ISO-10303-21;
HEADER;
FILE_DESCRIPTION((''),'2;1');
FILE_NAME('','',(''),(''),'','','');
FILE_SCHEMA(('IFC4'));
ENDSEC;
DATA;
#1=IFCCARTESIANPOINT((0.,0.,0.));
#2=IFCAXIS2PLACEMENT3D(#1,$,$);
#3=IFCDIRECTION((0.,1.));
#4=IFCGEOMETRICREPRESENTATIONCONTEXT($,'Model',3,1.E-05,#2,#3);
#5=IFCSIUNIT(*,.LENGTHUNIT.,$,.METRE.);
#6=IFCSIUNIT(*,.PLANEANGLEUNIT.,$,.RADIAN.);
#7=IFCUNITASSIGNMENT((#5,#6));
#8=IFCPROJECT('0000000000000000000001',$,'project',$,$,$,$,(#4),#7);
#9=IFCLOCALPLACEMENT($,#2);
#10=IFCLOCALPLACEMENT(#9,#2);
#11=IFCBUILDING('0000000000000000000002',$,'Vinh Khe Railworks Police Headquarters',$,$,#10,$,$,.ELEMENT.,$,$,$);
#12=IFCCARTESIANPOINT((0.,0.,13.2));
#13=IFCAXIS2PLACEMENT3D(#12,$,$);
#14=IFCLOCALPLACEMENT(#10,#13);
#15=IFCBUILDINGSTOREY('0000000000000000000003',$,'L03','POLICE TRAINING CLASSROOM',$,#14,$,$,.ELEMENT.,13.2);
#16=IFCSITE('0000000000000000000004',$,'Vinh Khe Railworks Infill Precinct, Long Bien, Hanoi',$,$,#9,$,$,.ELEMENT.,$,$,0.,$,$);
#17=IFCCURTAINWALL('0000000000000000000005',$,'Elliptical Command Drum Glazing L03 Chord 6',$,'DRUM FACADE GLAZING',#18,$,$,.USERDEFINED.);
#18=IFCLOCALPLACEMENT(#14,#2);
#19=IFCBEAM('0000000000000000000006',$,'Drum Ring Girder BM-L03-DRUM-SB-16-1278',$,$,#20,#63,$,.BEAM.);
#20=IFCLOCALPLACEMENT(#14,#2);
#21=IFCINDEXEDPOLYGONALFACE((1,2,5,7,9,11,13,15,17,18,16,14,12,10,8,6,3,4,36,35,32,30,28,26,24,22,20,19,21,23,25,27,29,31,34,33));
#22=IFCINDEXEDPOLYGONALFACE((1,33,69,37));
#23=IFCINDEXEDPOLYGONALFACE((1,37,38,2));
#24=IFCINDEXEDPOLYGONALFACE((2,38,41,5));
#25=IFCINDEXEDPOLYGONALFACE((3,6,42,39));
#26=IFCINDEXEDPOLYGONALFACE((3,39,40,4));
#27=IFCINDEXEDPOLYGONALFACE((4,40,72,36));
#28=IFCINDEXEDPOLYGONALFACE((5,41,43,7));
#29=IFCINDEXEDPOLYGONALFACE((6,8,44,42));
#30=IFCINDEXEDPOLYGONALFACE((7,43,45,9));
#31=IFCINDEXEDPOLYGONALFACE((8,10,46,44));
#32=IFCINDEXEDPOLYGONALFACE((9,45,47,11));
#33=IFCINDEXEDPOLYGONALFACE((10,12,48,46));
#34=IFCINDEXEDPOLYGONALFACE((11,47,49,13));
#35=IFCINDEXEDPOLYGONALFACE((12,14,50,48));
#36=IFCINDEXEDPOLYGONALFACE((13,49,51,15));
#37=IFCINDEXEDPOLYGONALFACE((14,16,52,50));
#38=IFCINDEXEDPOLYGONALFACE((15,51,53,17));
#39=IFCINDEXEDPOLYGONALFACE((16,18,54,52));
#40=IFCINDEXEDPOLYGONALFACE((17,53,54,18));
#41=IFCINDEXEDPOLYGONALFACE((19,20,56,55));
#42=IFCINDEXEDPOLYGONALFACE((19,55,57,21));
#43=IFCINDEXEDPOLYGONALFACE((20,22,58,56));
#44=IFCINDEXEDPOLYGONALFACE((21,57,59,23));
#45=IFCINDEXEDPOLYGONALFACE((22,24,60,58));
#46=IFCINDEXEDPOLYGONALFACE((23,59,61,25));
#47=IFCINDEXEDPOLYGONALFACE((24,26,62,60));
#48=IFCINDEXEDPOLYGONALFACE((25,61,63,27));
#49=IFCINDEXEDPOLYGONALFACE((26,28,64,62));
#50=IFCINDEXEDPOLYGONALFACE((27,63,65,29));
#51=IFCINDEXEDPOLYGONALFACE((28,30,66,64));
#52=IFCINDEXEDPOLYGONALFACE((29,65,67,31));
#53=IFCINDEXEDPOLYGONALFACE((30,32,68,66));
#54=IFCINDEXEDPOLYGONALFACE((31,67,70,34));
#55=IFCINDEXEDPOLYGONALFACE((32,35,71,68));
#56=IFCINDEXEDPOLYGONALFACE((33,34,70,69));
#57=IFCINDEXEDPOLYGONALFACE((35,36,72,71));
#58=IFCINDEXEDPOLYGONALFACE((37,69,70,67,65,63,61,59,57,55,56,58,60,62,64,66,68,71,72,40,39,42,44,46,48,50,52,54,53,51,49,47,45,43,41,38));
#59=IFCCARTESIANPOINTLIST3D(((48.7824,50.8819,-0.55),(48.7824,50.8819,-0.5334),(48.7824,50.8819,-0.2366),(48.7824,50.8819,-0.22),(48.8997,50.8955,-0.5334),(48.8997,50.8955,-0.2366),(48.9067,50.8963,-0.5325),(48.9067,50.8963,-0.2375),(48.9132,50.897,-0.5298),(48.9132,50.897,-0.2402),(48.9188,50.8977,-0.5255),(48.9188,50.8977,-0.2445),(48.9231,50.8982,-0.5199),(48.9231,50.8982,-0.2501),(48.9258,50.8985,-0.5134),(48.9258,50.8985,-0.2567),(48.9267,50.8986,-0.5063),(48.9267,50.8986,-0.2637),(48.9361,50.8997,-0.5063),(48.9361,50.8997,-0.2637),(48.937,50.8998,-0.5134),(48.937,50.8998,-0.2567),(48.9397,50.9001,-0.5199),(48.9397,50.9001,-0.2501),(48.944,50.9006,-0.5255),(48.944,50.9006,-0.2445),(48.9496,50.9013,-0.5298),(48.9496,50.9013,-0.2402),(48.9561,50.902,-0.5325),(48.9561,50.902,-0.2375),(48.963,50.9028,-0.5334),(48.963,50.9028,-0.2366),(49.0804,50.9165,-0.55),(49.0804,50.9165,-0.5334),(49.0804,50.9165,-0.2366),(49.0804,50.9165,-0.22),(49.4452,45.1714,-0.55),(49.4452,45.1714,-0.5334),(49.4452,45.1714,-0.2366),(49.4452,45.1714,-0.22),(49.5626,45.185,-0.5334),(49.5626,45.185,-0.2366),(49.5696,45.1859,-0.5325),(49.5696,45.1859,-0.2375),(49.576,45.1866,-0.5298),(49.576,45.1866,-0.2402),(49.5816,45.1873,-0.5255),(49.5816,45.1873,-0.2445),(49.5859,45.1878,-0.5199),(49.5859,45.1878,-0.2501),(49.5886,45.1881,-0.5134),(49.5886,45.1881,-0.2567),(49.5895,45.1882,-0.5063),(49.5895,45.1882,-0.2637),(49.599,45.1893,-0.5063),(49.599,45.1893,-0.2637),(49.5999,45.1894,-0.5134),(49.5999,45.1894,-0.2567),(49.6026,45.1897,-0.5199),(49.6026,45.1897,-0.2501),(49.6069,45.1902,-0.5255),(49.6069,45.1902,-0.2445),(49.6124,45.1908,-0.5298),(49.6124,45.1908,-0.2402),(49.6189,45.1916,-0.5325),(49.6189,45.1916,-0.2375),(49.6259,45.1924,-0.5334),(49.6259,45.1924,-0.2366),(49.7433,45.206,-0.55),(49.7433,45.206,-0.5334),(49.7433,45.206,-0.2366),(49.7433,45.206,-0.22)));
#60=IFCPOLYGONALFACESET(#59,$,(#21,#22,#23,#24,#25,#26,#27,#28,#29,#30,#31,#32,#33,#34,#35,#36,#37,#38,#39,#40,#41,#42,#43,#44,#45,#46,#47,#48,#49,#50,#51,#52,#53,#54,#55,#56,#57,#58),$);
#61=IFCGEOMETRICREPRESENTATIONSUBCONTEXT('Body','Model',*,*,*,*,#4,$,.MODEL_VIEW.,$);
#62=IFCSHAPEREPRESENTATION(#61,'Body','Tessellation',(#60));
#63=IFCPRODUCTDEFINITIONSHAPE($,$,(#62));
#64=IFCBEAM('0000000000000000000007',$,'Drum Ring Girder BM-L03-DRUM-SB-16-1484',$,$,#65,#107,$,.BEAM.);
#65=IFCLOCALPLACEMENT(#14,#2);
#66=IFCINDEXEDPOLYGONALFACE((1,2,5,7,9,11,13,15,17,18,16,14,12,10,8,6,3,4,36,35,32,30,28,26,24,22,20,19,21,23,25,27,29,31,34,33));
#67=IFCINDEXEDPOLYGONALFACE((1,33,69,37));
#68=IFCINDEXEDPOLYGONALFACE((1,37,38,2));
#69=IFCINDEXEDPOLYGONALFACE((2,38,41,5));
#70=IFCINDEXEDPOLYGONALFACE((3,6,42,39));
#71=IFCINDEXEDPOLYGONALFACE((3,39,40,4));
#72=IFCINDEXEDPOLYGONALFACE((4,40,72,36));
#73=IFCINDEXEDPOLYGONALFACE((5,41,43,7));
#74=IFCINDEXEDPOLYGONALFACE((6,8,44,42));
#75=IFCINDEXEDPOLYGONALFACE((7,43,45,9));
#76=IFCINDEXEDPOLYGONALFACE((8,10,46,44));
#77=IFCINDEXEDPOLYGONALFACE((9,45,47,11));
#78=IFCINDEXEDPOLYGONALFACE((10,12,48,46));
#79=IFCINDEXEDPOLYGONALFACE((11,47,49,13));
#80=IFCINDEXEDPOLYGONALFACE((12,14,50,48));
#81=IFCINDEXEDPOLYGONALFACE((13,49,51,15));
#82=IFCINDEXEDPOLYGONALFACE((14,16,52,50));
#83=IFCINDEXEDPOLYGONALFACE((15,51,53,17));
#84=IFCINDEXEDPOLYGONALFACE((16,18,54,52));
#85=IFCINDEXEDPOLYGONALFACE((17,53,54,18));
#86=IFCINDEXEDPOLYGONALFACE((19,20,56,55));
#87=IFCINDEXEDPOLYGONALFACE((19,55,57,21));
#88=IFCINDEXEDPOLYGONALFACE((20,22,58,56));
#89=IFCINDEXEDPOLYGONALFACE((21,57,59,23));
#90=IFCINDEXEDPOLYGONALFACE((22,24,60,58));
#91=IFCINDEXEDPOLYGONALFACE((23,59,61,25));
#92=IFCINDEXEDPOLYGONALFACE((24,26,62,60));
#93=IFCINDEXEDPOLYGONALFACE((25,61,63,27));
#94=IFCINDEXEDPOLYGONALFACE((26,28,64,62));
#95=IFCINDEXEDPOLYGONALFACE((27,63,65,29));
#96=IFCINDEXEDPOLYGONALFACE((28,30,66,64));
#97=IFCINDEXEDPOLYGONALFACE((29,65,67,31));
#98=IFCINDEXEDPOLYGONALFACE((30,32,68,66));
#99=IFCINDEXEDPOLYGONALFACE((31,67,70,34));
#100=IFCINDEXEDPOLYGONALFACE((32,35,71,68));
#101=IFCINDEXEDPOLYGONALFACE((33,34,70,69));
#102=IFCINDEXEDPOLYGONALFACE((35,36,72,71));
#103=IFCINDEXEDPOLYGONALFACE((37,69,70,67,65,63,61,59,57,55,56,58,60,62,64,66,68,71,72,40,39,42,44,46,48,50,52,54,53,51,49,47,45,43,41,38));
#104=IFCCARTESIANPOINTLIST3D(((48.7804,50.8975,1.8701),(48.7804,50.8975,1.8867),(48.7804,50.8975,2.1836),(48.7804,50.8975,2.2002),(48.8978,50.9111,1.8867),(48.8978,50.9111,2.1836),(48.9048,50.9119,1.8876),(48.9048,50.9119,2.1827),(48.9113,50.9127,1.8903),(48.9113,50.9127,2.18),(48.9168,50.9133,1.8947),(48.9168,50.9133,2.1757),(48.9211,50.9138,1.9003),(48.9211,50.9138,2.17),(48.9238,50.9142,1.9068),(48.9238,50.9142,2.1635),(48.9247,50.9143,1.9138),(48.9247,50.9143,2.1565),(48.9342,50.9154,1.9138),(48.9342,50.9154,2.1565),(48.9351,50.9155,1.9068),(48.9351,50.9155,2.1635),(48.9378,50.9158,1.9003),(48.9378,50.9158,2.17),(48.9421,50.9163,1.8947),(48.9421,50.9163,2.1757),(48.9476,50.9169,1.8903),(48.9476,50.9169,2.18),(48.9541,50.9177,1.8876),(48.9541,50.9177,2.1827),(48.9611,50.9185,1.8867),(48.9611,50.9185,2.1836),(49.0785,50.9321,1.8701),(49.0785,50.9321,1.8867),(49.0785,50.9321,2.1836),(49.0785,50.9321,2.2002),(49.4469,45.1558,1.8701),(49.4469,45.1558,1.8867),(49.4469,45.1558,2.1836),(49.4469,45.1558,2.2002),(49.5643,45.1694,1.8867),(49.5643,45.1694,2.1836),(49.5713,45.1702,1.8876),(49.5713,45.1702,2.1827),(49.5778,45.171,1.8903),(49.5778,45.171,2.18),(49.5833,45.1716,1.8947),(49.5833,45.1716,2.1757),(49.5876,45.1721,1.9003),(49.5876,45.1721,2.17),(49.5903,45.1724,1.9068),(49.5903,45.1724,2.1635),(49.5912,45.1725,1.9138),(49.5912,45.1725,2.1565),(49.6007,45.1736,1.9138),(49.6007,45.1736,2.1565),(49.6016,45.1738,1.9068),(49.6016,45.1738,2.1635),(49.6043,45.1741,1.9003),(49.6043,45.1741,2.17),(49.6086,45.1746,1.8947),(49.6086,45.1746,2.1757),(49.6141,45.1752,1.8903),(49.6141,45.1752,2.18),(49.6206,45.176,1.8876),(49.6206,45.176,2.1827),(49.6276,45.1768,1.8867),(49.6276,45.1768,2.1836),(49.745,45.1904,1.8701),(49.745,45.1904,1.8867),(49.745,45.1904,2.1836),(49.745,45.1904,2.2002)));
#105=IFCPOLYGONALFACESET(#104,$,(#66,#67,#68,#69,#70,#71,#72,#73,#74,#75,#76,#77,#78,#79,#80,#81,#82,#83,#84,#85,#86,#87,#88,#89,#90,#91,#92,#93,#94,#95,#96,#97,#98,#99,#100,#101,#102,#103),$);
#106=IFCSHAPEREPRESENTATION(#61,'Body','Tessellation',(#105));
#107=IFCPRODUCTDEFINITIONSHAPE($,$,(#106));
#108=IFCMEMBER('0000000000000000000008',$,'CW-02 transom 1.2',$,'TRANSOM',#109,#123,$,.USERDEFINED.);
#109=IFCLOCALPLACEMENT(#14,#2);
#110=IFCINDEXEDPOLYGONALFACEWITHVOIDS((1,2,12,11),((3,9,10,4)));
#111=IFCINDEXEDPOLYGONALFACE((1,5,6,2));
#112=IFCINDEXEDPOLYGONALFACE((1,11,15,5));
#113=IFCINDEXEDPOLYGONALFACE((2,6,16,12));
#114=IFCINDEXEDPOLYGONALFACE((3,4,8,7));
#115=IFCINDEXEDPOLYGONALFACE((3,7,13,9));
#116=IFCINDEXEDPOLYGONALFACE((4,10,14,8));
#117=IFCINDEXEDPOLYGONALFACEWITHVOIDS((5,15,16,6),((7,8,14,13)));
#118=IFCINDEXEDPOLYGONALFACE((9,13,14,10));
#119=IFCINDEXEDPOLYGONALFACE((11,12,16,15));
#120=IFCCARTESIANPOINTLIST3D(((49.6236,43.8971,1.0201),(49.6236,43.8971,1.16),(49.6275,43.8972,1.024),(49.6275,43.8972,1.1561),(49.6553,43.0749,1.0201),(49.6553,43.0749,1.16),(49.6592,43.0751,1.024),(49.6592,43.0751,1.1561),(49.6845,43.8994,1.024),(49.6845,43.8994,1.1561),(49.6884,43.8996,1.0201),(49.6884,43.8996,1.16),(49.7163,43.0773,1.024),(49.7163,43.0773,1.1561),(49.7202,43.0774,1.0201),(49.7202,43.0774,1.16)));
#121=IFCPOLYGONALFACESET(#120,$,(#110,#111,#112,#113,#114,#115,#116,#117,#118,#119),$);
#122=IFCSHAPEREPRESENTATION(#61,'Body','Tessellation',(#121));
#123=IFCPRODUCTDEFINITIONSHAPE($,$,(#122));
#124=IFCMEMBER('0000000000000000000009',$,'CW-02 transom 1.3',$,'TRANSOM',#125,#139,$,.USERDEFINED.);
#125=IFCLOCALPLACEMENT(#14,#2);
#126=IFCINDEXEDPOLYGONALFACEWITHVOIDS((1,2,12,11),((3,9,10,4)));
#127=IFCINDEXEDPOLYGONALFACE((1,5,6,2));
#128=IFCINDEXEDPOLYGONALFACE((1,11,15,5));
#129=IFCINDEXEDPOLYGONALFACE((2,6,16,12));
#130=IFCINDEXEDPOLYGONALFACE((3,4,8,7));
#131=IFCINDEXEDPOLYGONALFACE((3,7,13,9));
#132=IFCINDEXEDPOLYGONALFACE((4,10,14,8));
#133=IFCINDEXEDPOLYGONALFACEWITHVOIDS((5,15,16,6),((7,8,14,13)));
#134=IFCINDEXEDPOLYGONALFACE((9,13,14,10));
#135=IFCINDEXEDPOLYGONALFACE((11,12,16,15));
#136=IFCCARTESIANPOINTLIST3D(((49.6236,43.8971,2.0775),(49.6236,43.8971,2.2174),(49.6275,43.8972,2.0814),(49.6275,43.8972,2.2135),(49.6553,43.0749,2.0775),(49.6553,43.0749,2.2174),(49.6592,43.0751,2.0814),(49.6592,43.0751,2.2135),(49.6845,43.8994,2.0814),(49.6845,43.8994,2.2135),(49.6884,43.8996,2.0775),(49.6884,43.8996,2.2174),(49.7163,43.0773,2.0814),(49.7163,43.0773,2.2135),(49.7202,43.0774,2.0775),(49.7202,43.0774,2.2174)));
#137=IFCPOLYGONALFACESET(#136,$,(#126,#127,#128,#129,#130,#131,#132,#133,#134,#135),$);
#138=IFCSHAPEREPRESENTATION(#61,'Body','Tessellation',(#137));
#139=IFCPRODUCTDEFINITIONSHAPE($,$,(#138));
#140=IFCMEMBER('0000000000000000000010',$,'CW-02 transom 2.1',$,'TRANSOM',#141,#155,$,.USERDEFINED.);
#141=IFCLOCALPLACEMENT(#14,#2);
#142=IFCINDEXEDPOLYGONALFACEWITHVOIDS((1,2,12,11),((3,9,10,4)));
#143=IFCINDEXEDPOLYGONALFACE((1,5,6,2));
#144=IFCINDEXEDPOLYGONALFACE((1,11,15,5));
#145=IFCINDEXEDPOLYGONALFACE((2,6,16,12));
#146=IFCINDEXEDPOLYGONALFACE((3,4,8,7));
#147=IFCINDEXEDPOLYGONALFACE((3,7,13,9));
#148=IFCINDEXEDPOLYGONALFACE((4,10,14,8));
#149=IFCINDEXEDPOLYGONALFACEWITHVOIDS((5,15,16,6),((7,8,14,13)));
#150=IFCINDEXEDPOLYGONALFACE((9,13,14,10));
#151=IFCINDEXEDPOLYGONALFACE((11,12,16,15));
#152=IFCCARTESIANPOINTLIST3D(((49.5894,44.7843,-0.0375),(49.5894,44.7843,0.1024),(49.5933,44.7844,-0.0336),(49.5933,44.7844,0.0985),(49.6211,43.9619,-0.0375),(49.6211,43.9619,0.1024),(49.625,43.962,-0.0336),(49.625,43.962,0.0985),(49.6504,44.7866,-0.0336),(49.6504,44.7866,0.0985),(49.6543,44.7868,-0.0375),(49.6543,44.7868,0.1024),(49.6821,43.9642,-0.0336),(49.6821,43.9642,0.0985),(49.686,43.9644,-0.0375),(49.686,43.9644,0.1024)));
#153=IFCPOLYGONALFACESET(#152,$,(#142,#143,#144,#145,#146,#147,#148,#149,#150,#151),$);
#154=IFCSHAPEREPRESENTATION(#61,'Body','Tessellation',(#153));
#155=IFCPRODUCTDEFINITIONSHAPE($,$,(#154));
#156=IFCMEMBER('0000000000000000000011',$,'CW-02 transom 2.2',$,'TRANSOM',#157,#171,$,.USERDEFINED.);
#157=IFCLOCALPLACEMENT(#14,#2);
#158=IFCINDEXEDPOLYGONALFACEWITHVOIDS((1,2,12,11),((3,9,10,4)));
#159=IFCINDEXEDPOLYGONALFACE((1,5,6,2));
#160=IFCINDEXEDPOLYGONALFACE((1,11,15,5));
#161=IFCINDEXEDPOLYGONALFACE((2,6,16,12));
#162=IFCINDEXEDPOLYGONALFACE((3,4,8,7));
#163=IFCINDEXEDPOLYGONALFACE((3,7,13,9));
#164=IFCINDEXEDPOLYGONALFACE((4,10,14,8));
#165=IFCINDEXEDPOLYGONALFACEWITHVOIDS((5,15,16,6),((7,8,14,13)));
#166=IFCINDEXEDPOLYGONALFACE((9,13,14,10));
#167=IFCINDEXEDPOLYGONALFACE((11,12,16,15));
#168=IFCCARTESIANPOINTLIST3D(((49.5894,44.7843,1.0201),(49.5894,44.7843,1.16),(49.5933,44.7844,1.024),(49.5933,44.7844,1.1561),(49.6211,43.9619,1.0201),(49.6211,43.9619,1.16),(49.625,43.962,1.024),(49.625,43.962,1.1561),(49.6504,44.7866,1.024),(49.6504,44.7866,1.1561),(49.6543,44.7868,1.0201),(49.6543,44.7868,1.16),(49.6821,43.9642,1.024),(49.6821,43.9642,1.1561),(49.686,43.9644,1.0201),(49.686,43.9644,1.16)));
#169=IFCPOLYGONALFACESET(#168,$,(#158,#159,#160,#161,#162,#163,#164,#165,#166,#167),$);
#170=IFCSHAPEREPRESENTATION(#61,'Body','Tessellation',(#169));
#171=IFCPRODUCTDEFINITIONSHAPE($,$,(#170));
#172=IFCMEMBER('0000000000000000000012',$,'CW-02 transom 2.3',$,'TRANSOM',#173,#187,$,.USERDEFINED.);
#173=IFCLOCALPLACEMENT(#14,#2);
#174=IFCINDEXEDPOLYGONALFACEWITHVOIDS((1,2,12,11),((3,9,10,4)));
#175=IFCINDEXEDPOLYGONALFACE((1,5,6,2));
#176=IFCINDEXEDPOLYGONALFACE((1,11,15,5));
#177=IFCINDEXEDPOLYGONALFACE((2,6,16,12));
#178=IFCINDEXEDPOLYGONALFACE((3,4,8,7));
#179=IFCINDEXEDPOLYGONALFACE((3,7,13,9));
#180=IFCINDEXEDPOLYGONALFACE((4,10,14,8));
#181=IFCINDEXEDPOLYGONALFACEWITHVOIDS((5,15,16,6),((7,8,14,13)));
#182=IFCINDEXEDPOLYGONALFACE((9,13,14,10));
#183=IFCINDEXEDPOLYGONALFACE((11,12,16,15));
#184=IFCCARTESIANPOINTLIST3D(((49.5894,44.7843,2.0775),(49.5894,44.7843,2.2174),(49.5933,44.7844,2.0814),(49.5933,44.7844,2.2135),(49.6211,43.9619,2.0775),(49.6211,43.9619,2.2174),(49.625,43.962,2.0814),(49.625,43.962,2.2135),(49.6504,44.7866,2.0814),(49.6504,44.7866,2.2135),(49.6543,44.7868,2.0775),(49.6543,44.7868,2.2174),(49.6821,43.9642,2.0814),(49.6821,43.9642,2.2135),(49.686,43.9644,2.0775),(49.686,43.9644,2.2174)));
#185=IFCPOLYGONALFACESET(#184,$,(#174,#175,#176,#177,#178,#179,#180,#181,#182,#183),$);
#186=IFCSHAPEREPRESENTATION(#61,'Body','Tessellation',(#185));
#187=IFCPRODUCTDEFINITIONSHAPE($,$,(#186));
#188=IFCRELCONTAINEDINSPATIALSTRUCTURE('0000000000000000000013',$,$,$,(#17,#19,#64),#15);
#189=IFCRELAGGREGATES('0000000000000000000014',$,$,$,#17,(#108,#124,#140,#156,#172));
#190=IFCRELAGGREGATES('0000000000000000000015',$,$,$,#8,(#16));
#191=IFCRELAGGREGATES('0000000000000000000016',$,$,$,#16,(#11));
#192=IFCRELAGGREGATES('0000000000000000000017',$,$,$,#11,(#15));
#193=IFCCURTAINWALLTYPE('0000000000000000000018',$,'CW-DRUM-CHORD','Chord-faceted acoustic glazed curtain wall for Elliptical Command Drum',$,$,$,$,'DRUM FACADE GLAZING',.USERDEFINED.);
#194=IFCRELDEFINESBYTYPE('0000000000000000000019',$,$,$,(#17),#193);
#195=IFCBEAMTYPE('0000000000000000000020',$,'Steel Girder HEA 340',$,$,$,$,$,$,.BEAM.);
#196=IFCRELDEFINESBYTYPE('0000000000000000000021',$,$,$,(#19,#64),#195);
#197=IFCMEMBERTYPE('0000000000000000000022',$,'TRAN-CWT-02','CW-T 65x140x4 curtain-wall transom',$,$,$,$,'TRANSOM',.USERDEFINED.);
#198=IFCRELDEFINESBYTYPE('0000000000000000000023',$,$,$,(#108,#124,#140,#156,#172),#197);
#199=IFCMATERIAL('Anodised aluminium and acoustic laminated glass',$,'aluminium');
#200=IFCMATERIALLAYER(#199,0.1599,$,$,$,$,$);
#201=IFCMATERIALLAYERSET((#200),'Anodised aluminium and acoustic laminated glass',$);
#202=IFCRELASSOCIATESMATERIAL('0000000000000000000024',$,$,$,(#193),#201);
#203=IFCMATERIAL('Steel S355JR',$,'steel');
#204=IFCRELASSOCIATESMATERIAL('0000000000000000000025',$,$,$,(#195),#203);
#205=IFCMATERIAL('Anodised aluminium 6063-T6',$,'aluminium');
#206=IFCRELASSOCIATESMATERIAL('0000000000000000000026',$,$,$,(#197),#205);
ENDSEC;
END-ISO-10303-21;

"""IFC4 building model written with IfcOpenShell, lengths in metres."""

from ifc_helpers import new_model, si_unit, direction, frame, origin, origin_2d, place, context, subcontext, project, spatial, hollow_rectangle, i_section, extrude, material, layer, layer_set, material_profile, profile_set, type_object, element, aggregate, save


model = new_model("IFC4")

# Units and contexts
model_context = context("Model", 3, precision=1e-05, world=origin(), true_north=direction((0.0, 1.0)))
body_context = subcontext(model_context, "Body", "Model", "MODEL_VIEW")
ifc_project = project(units=[si_unit("LENGTHUNIT", "METRE"), si_unit("PLANEANGLEUNIT", "RADIAN")], contexts=[model_context])

# Site, building, storey
site_placement = place(None, origin())
site = spatial("IfcSite", under=ifc_project, at=site_placement, Name="Vinh Khe Railworks Infill Precinct, Long Bien, Hanoi", CompositionType="ELEMENT", RefElevation=0.0)
building_placement = place(site_placement, origin())
building = spatial("IfcBuilding", under=site, at=building_placement, Name="Vinh Khe Railworks Police Headquarters", CompositionType="ELEMENT")
storey_placement = place(building_placement, frame((0.0, 0.0, 13.2)))
storey = spatial("IfcBuildingStorey", under=building, at=storey_placement, Name="L03", Description="POLICE TRAINING CLASSROOM", CompositionType="ELEMENT", Elevation=13.2)

# Shared definitions
ifc_material_1 = material(Name="Steel S355JR", Category="steel")

# Curtain wall
ifc_material_2 = material(Name="Anodised aluminium and acoustic laminated glass", Category="aluminium")
ifc_layer_1 = layer(ifc_material_2, 0.1599)
ifc_layer_set_1 = layer_set([ifc_layer_1], Name="Anodised aluminium and acoustic laminated glass")
curtain_wall_type = type_object("IfcCurtainWallType", Name="CW-DRUM-CHORD", Description="Chord-faceted acoustic glazed curtain wall for Elliptical Command Drum", ElementType="DRUM FACADE GLAZING", PredefinedType="USERDEFINED", material=ifc_layer_set_1)
curtain_wall_1_placement = place(storey_placement, origin())
curtain_wall_1 = element("IfcCurtainWall", 1, at=curtain_wall_1_placement, inside=storey, type_object=curtain_wall_type, Name="Elliptical Command Drum Glazing L03 Chord 6", ObjectType="DRUM FACADE GLAZING", PredefinedType="USERDEFINED")
ifc_material_3 = material(Name="Anodised aluminium 6063-T6", Category="aluminium")

# Beams
ifc_material_profile_1 = material_profile(ifc_material_1, i_section(OverallWidth=0.3, OverallDepth=0.3301, WebThickness=0.0095, FlangeThickness=0.0166, FilletRadius=0.0271, at=origin_2d()), Name="HEA 340")
ifc_profile_set_1 = profile_set([ifc_material_profile_1], Name="Steel S355JR")
beam_type = type_object("IfcBeamType", Name="Steel Girder HEA 340", PredefinedType="BEAM", material=ifc_profile_set_1)
beam_1_placement = place(storey_placement, frame((49.5942, 45.1887, -0.385), z_axis=(-0.115301, 0.993331, 0.0), x_axis=(-0.993331, -0.115301, 0.0)))
element("IfcBeam", 2, at=beam_1_placement, inside=storey, type_object=beam_type, Name="Drum Ring Girder BM-L03-DRUM-SB-16-1278", PredefinedType="BEAM", context=body_context, shape_type="SweptSolid", body=[
    extrude(i_section(OverallWidth=0.3, OverallDepth=0.3301, WebThickness=0.0095, FlangeThickness=0.0166, FilletRadius=0.0271, at=origin_2d()), origin(), (0.0, 0.0, 1.0), 5.7488),
])
beam_2_placement = place(storey_placement, frame((49.5959, 45.1731, 2.0352), z_axis=(-0.115307, 0.99333, 0.0), x_axis=(-0.99333, -0.115307, 0.0)))
element("IfcBeam", 3, at=beam_2_placement, inside=storey, type_object=beam_type, Name="Drum Ring Girder BM-L03-DRUM-SB-16-1484", PredefinedType="BEAM", context=body_context, shape_type="SweptSolid", body=[
    extrude(i_section(OverallWidth=0.3, OverallDepth=0.3301, WebThickness=0.0095, FlangeThickness=0.0166, FilletRadius=0.0271, at=origin_2d()), origin(), (0.0, 0.0, 1.0), 5.7803),
])

# Members
ifc_material_profile_2 = material_profile(ifc_material_3, hollow_rectangle(XDim=0.0649, YDim=0.1399, WallThickness=0.0039, at=origin_2d()), Name="CW-T 65x140x4")
ifc_profile_set_2 = profile_set([ifc_material_profile_2], Name="Anodised aluminium 6063-T6")
member_type_1 = type_object("IfcMemberType", Name="TRAN-CWT-02", Description="CW-T 65x140x4 curtain-wall transom", ElementType="TRANSOM", PredefinedType="USERDEFINED", material=ifc_profile_set_2)
member_1_placement = place(storey_placement, frame((49.6877, 43.0762, 1.0901), z_axis=(-0.038581, 0.999255, 0.0), x_axis=(-0.999255, -0.038581, 0.0)))
member_1 = element("IfcMember", 4, at=member_1_placement, type_object=member_type_1, Name="CW-02 transom 1.2", ObjectType="TRANSOM", PredefinedType="USERDEFINED", context=body_context, shape_type="SweptSolid", body=[
    extrude(hollow_rectangle(XDim=0.0649, YDim=0.1399, WallThickness=0.0039, at=origin_2d()), origin(), (0.0, 0.0, 1.0), 0.8228),
])
member_2_placement = place(storey_placement, frame((49.6877, 43.0762, 2.1475), z_axis=(-0.038581, 0.999255, 0.0), x_axis=(-0.999255, -0.038581, 0.0)))
member_2 = element("IfcMember", 5, at=member_2_placement, type_object=member_type_1, Name="CW-02 transom 1.3", ObjectType="TRANSOM", PredefinedType="USERDEFINED", context=body_context, shape_type="SweptSolid", body=[
    extrude(hollow_rectangle(XDim=0.0649, YDim=0.1399, WallThickness=0.0039, at=origin_2d()), origin(), (0.0, 0.0, 1.0), 0.8228),
])
member_3_placement = place(storey_placement, frame((49.6536, 43.9631, 0.0325), z_axis=(-0.03857, 0.999256, 0.0), x_axis=(-0.999256, -0.03857, 0.0)))
member_3 = element("IfcMember", 6, at=member_3_placement, type_object=member_type_1, Name="CW-02 transom 2.1", ObjectType="TRANSOM", PredefinedType="USERDEFINED", context=body_context, shape_type="SweptSolid", body=[
    extrude(hollow_rectangle(XDim=0.0649, YDim=0.1399, WallThickness=0.0039, at=origin_2d()), origin(), (0.0, 0.0, 1.0), 0.823),
])
member_4_placement = place(storey_placement, frame((49.6536, 43.9631, 1.0901), z_axis=(-0.03857, 0.999256, 0.0), x_axis=(-0.999256, -0.03857, 0.0)))
member_4 = element("IfcMember", 7, at=member_4_placement, type_object=member_type_1, Name="CW-02 transom 2.2", ObjectType="TRANSOM", PredefinedType="USERDEFINED", context=body_context, shape_type="SweptSolid", body=[
    extrude(hollow_rectangle(XDim=0.0649, YDim=0.1399, WallThickness=0.0039, at=origin_2d()), origin(), (0.0, 0.0, 1.0), 0.823),
])
member_5_placement = place(storey_placement, frame((49.6536, 43.9631, 2.1475), z_axis=(-0.03857, 0.999256, 0.0), x_axis=(-0.999256, -0.03857, 0.0)))
member_5 = element("IfcMember", 8, at=member_5_placement, type_object=member_type_1, Name="CW-02 transom 2.3", ObjectType="TRANSOM", PredefinedType="USERDEFINED", context=body_context, shape_type="SweptSolid", body=[
    extrude(hollow_rectangle(XDim=0.0649, YDim=0.1399, WallThickness=0.0039, at=origin_2d()), origin(), (0.0, 0.0, 1.0), 0.823),
])

aggregate(curtain_wall_1, [member_1, member_2, member_3, member_4, member_5])

save(model, "model.ifc")
